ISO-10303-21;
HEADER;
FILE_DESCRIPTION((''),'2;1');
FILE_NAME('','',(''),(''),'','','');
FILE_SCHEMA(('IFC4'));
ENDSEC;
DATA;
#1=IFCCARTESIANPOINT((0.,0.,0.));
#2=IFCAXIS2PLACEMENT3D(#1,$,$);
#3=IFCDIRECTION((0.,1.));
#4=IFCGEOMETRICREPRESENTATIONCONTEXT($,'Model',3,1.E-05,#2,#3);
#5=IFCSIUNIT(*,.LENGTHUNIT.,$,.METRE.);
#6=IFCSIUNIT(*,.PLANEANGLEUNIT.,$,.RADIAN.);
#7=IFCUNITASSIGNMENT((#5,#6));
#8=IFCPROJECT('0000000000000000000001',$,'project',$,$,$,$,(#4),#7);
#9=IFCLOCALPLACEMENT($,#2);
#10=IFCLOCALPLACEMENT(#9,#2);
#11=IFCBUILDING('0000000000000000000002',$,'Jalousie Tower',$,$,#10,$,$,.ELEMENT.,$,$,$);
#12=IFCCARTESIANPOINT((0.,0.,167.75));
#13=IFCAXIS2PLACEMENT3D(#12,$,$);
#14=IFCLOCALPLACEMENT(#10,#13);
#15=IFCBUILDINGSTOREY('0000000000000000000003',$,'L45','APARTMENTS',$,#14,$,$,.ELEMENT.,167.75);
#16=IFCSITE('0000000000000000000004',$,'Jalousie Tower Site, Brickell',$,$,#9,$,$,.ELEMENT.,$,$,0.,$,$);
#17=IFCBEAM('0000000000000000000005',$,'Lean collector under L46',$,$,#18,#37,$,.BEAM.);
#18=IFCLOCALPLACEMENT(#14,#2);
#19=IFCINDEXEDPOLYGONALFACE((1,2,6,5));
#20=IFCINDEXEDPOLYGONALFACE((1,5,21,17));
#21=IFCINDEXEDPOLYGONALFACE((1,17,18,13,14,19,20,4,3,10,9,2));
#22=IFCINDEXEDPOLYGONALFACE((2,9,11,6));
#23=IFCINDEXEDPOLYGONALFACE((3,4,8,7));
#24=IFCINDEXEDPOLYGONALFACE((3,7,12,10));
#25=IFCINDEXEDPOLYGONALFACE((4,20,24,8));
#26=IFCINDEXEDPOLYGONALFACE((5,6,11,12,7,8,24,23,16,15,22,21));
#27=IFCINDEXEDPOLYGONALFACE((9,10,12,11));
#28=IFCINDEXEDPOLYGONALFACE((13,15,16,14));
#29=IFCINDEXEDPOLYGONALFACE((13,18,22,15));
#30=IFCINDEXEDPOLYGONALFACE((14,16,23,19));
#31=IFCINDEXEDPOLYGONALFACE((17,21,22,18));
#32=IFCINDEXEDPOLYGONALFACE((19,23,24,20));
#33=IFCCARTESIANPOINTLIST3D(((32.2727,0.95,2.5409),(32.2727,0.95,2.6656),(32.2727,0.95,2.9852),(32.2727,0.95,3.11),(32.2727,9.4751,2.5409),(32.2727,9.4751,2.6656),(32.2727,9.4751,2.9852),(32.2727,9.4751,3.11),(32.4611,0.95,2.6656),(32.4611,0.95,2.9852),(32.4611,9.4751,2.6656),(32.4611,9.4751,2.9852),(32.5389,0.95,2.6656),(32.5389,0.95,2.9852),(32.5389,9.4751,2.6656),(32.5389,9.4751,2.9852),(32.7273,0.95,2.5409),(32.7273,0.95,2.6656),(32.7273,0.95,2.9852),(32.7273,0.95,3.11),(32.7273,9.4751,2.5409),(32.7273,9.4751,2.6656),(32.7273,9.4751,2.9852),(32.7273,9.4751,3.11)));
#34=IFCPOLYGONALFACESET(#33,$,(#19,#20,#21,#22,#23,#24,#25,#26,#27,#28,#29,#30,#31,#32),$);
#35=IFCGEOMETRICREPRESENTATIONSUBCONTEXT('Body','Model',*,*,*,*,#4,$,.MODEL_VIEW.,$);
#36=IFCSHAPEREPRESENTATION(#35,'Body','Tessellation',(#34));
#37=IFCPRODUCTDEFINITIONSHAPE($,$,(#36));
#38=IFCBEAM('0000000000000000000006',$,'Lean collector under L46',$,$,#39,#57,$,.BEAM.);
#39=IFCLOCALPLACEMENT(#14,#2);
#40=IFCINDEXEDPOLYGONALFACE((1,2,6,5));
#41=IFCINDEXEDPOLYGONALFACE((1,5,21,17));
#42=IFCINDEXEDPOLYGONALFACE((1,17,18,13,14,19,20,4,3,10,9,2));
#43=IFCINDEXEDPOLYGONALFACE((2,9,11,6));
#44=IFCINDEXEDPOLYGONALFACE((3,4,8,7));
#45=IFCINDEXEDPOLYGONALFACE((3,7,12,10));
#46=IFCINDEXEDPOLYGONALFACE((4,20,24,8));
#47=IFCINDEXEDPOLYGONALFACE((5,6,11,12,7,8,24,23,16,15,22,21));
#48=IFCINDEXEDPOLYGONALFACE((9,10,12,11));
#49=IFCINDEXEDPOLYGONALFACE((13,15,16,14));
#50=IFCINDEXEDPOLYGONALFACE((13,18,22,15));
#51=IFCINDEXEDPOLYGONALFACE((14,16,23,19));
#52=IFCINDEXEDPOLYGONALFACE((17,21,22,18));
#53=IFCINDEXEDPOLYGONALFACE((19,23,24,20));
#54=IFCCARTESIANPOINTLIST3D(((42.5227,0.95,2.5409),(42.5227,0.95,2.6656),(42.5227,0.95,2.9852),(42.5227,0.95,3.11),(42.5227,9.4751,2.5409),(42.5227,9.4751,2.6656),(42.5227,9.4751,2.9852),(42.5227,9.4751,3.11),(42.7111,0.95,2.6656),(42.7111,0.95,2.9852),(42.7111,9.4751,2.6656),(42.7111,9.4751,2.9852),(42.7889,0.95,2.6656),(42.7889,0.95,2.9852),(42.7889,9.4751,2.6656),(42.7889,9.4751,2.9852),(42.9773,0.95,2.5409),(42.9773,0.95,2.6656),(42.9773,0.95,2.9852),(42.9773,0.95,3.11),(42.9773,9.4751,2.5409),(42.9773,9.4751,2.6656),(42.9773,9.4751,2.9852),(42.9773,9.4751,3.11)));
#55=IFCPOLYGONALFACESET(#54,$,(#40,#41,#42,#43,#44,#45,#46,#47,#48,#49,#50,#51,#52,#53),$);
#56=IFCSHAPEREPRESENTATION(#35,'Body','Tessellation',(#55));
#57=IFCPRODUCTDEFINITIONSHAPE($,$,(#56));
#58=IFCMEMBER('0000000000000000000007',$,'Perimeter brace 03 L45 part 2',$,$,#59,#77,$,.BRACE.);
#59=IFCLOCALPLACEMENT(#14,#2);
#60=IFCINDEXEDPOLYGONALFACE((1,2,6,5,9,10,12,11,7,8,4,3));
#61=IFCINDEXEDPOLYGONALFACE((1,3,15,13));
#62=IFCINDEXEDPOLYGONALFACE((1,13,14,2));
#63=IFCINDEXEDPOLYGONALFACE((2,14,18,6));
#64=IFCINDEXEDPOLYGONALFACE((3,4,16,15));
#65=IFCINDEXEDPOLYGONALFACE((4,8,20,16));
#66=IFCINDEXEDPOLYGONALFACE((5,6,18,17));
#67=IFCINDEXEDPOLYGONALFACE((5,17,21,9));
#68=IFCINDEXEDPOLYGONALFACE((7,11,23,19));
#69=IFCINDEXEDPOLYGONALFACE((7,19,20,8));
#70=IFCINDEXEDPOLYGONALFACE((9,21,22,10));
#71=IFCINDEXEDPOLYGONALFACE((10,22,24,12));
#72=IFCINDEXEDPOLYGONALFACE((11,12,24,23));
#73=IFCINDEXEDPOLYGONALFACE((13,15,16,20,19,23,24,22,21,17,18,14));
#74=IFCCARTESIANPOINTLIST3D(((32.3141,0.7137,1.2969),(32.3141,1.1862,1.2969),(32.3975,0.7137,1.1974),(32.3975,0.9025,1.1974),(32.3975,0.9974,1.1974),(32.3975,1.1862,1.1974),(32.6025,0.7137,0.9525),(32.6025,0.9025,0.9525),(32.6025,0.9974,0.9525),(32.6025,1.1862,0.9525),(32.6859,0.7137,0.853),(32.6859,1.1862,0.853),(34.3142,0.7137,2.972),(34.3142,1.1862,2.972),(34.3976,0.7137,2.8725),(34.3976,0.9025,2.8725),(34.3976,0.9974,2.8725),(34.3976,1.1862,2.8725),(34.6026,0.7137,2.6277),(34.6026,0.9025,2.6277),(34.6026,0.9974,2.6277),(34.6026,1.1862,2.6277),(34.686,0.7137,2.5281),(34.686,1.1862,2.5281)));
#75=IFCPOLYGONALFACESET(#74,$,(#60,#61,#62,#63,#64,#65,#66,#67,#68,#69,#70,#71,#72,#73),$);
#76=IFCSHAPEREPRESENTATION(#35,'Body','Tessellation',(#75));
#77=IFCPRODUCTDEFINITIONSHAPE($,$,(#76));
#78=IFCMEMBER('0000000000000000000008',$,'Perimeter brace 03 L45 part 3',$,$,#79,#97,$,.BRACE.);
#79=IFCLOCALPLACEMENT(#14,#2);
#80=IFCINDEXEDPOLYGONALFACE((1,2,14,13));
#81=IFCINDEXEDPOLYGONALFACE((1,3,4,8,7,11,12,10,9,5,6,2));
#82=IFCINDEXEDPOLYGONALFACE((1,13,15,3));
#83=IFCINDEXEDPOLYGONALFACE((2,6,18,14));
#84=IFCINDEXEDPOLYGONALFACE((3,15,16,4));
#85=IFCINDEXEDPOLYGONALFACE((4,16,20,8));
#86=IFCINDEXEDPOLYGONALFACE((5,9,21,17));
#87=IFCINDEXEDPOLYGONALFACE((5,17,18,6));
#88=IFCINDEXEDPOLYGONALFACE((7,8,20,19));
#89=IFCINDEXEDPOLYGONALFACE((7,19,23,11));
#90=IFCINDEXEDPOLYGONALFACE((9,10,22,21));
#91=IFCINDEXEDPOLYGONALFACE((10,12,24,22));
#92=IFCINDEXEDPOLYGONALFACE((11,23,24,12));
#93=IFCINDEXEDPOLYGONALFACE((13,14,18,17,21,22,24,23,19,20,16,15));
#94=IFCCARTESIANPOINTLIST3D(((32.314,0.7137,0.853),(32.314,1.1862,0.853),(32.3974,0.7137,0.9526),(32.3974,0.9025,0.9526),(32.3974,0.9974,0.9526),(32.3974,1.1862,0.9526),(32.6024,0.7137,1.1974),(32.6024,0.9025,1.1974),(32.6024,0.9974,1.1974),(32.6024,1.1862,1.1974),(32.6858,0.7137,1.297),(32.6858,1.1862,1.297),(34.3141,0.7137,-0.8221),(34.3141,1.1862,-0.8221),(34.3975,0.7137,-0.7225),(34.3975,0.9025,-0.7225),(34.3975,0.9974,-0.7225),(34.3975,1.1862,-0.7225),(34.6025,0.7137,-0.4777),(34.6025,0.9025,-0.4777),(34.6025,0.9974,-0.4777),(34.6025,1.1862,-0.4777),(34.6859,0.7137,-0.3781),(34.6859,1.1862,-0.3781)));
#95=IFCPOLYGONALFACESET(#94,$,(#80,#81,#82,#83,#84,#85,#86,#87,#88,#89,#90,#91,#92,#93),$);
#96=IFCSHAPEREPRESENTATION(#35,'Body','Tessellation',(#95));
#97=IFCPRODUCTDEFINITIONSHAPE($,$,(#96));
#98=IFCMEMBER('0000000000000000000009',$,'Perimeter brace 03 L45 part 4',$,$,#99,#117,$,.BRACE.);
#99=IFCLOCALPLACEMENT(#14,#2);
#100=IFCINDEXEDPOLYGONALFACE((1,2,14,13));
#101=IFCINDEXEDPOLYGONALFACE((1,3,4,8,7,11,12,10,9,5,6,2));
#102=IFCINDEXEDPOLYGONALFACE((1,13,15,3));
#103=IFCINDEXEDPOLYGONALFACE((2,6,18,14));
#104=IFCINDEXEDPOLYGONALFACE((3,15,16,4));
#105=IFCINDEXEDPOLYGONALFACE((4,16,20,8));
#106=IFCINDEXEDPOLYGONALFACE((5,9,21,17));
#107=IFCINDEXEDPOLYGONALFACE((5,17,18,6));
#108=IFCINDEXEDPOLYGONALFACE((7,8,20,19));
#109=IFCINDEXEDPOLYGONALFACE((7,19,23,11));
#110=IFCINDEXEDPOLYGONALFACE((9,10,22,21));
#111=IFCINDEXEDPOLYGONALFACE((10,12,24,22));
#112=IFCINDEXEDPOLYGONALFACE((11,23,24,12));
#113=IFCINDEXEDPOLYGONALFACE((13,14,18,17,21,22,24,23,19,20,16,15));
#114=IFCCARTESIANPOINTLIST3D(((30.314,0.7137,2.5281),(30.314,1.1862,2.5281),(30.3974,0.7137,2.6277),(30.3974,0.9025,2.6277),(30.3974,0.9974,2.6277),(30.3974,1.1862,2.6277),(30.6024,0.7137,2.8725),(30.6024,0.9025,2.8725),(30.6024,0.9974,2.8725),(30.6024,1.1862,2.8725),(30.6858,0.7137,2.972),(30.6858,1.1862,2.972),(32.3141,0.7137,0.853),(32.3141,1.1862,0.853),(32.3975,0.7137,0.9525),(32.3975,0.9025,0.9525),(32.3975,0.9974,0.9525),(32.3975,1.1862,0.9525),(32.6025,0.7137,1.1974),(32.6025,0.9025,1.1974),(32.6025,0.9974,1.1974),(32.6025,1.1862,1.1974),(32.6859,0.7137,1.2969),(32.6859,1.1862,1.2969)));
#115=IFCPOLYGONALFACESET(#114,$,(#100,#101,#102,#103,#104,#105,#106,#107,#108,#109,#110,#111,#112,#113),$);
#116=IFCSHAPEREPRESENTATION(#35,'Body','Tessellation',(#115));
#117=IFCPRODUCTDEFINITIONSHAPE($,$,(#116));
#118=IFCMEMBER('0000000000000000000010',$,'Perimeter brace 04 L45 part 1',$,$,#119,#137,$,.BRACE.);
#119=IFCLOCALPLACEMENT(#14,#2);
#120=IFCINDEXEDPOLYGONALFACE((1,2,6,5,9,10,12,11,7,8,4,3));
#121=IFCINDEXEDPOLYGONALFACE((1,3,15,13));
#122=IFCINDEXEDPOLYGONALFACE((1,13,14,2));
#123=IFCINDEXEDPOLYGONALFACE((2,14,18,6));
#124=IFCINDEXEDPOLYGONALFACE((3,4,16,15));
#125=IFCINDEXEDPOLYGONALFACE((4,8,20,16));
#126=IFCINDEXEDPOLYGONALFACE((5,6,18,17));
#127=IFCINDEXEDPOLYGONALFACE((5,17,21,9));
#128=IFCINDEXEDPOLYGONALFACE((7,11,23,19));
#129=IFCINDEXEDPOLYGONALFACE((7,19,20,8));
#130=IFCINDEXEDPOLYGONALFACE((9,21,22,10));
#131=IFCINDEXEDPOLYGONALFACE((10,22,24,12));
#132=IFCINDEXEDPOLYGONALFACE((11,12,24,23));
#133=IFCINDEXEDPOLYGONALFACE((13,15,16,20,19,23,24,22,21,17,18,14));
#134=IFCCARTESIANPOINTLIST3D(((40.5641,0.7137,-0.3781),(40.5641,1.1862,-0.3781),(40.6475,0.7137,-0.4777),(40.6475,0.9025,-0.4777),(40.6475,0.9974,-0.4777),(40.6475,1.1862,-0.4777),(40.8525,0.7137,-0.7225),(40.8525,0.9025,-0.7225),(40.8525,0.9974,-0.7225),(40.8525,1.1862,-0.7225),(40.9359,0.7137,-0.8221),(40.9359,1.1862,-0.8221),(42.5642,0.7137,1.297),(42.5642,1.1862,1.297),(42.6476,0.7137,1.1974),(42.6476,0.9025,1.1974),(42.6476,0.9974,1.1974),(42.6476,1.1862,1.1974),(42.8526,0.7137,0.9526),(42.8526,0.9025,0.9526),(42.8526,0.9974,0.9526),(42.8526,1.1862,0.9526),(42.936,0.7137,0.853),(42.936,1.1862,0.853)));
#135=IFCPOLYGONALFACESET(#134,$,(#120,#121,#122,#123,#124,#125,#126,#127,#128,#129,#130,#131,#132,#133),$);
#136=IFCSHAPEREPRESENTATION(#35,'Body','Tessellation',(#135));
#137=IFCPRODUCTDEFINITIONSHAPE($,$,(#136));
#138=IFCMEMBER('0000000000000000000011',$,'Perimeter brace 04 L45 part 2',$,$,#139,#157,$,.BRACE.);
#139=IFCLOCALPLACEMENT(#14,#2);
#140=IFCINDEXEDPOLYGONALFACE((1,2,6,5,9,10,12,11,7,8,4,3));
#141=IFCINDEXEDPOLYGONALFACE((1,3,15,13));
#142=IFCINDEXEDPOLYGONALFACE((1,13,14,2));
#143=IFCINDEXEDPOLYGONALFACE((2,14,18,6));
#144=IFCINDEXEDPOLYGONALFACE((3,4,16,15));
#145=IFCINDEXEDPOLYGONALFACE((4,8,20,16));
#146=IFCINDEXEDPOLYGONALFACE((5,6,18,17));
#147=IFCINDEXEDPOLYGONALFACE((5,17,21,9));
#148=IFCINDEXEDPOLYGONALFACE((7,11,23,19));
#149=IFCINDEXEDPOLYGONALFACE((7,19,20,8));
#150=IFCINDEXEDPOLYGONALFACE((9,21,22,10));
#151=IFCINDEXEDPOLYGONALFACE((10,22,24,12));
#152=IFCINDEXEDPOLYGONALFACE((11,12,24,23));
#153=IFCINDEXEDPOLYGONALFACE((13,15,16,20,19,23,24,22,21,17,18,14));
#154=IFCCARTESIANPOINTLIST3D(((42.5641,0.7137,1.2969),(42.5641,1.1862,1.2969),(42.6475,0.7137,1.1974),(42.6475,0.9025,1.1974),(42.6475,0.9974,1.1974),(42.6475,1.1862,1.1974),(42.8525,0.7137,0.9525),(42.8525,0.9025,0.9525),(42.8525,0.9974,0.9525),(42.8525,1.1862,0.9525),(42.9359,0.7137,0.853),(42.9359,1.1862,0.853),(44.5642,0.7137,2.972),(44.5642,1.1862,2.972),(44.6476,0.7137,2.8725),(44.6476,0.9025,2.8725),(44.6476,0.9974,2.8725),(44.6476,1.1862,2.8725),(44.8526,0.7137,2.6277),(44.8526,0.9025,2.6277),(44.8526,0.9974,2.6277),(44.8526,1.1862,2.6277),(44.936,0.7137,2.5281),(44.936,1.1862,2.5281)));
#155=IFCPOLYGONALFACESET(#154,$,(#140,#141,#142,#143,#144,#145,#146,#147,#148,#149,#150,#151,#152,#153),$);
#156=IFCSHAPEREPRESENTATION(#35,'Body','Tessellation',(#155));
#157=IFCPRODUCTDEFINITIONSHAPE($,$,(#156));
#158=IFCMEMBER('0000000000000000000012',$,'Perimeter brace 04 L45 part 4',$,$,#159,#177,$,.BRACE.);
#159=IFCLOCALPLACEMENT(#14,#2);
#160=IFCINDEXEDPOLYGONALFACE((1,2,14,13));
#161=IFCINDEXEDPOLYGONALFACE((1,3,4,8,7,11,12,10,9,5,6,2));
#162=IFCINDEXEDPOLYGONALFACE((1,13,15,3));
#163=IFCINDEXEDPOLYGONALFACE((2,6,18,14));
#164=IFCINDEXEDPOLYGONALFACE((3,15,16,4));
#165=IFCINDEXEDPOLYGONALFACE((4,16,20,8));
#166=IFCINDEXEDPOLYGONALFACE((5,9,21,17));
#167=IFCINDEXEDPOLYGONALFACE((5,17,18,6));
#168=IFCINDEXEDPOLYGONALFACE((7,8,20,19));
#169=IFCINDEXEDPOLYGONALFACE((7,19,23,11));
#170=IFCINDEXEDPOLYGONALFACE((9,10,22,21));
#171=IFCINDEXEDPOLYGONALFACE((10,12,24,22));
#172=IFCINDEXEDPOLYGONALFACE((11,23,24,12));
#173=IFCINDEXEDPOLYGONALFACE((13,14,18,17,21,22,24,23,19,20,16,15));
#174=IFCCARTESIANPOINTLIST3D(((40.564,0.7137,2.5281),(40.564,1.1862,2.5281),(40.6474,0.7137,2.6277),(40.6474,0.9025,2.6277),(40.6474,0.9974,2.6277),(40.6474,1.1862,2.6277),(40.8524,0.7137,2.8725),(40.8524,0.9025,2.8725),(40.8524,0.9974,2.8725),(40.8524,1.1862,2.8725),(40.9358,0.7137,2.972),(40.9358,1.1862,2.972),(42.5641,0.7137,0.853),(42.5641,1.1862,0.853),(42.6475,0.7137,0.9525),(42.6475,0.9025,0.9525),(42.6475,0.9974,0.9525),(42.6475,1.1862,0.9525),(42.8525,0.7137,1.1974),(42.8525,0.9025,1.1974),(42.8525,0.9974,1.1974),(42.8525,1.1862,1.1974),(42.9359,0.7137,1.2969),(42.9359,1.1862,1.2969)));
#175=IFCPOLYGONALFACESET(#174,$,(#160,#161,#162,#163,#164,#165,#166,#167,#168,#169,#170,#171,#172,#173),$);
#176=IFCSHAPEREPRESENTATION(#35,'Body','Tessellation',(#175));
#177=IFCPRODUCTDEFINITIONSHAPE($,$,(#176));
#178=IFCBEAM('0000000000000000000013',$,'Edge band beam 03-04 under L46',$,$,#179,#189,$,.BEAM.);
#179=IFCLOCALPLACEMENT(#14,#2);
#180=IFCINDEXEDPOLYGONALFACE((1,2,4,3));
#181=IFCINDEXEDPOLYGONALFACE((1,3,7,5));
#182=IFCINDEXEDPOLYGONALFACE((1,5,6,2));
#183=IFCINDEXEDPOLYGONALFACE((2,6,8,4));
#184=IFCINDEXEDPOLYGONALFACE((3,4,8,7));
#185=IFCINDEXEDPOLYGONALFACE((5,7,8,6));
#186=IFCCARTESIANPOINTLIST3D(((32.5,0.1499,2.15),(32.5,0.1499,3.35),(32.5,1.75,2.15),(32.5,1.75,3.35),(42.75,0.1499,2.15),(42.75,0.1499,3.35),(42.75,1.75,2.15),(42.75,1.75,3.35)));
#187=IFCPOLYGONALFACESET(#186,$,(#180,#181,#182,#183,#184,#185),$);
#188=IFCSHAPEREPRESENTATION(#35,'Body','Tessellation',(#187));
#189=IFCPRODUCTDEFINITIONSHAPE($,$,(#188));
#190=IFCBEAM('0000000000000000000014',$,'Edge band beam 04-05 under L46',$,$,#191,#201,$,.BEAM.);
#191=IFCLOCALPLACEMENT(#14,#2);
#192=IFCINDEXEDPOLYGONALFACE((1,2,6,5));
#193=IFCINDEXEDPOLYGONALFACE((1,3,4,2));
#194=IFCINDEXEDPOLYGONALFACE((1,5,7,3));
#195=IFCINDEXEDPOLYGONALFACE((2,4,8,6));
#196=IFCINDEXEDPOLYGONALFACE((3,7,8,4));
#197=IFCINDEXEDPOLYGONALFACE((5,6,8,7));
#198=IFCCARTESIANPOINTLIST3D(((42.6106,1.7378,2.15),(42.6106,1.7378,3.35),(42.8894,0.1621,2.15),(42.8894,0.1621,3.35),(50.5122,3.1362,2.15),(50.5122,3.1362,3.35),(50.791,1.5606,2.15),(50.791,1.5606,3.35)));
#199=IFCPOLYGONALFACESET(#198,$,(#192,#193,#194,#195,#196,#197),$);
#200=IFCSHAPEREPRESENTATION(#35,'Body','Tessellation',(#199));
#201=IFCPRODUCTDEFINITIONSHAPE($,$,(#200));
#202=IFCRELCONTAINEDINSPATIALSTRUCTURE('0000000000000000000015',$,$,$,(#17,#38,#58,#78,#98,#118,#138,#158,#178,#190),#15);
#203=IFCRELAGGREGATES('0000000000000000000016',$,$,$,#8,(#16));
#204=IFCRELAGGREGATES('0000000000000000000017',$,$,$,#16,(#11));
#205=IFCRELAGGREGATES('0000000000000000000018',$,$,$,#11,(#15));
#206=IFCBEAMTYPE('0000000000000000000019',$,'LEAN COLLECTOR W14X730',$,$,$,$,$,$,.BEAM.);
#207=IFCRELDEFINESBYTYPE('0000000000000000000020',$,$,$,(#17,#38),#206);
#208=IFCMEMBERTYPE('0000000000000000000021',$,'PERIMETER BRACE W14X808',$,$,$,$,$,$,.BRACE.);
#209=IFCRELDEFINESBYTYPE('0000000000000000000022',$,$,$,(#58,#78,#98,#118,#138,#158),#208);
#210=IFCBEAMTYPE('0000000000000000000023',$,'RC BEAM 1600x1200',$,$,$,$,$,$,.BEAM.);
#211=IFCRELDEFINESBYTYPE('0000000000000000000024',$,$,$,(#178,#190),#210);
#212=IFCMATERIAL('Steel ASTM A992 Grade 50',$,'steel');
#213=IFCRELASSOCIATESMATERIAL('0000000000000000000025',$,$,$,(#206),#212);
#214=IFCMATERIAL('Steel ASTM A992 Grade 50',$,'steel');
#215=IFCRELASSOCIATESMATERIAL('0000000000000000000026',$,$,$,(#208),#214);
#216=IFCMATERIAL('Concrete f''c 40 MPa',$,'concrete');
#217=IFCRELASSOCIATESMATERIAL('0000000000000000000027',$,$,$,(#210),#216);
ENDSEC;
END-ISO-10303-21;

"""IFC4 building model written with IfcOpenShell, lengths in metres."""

from ifc_helpers import new_model, si_unit, direction, frame, origin, origin_2d, place, context, subcontext, project, spatial, rectangle, i_section, extrude, material, material_profile, profile_set, type_object, element, save


model = new_model("IFC4")

# Units and contexts
model_context = context("Model", 3, precision=1e-05, world=origin(), true_north=direction((0.0, 1.0)))
body_context = subcontext(model_context, "Body", "Model", "MODEL_VIEW")
ifc_project = project(units=[si_unit("LENGTHUNIT", "METRE"), si_unit("PLANEANGLEUNIT", "RADIAN")], contexts=[model_context])

# Site, building, storey
site_placement = place(None, origin())
site = spatial("IfcSite", under=ifc_project, at=site_placement, Name="Jalousie Tower Site, Brickell", CompositionType="ELEMENT", RefElevation=0.0)
building_placement = place(site_placement, origin())
building = spatial("IfcBuilding", under=site, at=building_placement, Name="Jalousie Tower", CompositionType="ELEMENT")
storey_placement = place(building_placement, frame((0.0, 0.0, 167.75)))
storey = spatial("IfcBuildingStorey", under=building, at=storey_placement, Name="L45", Description="APARTMENTS", CompositionType="ELEMENT", Elevation=167.75)

# Beams
ifc_material_1 = material(Name="Steel ASTM A992 Grade 50", Category="steel")
ifc_material_profile_1 = material_profile(ifc_material_1, i_section(OverallWidth=0.4546, OverallDepth=0.5691, WebThickness=0.0779, FlangeThickness=0.1248, at=origin_2d()), Name="W14X730")
ifc_profile_set_1 = profile_set([ifc_material_profile_1], Name="Steel ASTM A992 Grade 50")
beam_type_1 = type_object("IfcBeamType", Name="LEAN COLLECTOR W14X730", PredefinedType="BEAM", material=ifc_profile_set_1)
for number, where, z_axis, x_axis, name in (
    (1, (32.5, 0.95, 2.8254), (0.0, 1.0, 0.0), (-1.0, 0.0, 0.0), "Lean collector under L46"),
    (2, (42.75, 0.95, 2.8254), (0.0, 1.0, 0.0), (-1.0, 0.0, 0.0), "Lean collector under L46"),
):
    element("IfcBeam", number, at=place(storey_placement, frame(where, z_axis=z_axis, x_axis=x_axis)), inside=storey, type_object=beam_type_1, Name=name, PredefinedType="BEAM", context=body_context, shape_type="SweptSolid", body=[
        extrude(i_section(OverallWidth=0.4546, OverallDepth=0.5691, WebThickness=0.0779, FlangeThickness=0.1248, at=origin_2d()), origin(), (0.0, 0.0, 1.0), 8.5251),
    ])

# Members
ifc_material_2 = material(Name="Steel ASTM A992 Grade 50", Category="steel")
ifc_material_profile_2 = material_profile(ifc_material_2, i_section(OverallWidth=0.4724, OverallDepth=0.5791, WebThickness=0.095, FlangeThickness=0.1299, at=origin_2d()), Name="W14X808")
ifc_profile_set_2 = profile_set([ifc_material_profile_2], Name="Steel ASTM A992 Grade 50")
member_type_1 = type_object("IfcMemberType", Name="PERIMETER BRACE W14X808", PredefinedType="BRACE", material=ifc_profile_set_2)
for number, where, z_axis, x_axis, name in (
    (3, (32.5, 0.95, 1.075), (0.766639, 0.0, 0.642079), (0.0, 1.0, 0.0), "Perimeter brace 03 L45 part 2"),
    (4, (34.5, 0.95, -0.6001), (-0.766639, 0.0, 0.642079), (0.0, -1.0, 0.0), "Perimeter brace 03 L45 part 3"),
    (5, (32.5, 0.95, 1.075), (-0.766639, 0.0, 0.642079), (0.0, -1.0, 0.0), "Perimeter brace 03 L45 part 4"),
    (6, (40.75, 0.95, -0.6001), (0.766639, 0.0, 0.642079), (0.0, 1.0, 0.0), "Perimeter brace 04 L45 part 1"),
    (7, (42.75, 0.95, 1.075), (0.766639, 0.0, 0.642079), (0.0, 1.0, 0.0), "Perimeter brace 04 L45 part 2"),
    (8, (42.75, 0.95, 1.075), (-0.766639, 0.0, 0.642079), (0.0, -1.0, 0.0), "Perimeter brace 04 L45 part 4"),
):
    element("IfcMember", number, at=place(storey_placement, frame(where, z_axis=z_axis, x_axis=x_axis)), inside=storey, type_object=member_type_1, Name=name, PredefinedType="BRACE", context=body_context, shape_type="SweptSolid", body=[
        extrude(i_section(OverallWidth=0.4724, OverallDepth=0.5791, WebThickness=0.095, FlangeThickness=0.1299, at=origin_2d()), origin(), (0.0, 0.0, 1.0), 2.6089),
    ])

# Beams
ifc_material_3 = material(Name="Concrete f'c 40 MPa", Category="concrete")
ifc_material_profile_3 = material_profile(ifc_material_3, rectangle(XDim=1.6001, YDim=1.2, at=origin_2d()), Name="RC 1600x1200")
ifc_profile_set_3 = profile_set([ifc_material_profile_3], Name="Concrete f'c 40 MPa")
beam_type_2 = type_object("IfcBeamType", Name="RC BEAM 1600x1200", PredefinedType="BEAM", material=ifc_profile_set_3)
beam_1_placement = place(storey_placement, frame((32.5, 0.95, 2.75), z_axis=(1.0, 0.0, 0.0), x_axis=(0.0, 1.0, 0.0)))
element("IfcBeam", 9, at=beam_1_placement, inside=storey, type_object=beam_type_2, Name="Edge band beam 03-04 under L46", PredefinedType="BEAM", context=body_context, shape_type="SweptSolid", body=[
    extrude(rectangle(XDim=1.6001, YDim=1.2, at=origin_2d()), origin(), (0.0, 0.0, 1.0), 10.25),
])
beam_2_placement = place(storey_placement, frame((42.75, 0.95, 2.75), z_axis=(0.984697, 0.174273, 0.0), x_axis=(-0.174273, 0.984697, 0.0)))
element("IfcBeam", 10, at=beam_2_placement, inside=storey, type_object=beam_type_2, Name="Edge band beam 04-05 under L46", PredefinedType="BEAM", context=body_context, shape_type="SweptSolid", body=[
    extrude(rectangle(XDim=1.6001, YDim=1.2, at=origin_2d()), origin(), (0.0, 0.0, 1.0), 8.0244),
])

save(model, "model.ifc")
